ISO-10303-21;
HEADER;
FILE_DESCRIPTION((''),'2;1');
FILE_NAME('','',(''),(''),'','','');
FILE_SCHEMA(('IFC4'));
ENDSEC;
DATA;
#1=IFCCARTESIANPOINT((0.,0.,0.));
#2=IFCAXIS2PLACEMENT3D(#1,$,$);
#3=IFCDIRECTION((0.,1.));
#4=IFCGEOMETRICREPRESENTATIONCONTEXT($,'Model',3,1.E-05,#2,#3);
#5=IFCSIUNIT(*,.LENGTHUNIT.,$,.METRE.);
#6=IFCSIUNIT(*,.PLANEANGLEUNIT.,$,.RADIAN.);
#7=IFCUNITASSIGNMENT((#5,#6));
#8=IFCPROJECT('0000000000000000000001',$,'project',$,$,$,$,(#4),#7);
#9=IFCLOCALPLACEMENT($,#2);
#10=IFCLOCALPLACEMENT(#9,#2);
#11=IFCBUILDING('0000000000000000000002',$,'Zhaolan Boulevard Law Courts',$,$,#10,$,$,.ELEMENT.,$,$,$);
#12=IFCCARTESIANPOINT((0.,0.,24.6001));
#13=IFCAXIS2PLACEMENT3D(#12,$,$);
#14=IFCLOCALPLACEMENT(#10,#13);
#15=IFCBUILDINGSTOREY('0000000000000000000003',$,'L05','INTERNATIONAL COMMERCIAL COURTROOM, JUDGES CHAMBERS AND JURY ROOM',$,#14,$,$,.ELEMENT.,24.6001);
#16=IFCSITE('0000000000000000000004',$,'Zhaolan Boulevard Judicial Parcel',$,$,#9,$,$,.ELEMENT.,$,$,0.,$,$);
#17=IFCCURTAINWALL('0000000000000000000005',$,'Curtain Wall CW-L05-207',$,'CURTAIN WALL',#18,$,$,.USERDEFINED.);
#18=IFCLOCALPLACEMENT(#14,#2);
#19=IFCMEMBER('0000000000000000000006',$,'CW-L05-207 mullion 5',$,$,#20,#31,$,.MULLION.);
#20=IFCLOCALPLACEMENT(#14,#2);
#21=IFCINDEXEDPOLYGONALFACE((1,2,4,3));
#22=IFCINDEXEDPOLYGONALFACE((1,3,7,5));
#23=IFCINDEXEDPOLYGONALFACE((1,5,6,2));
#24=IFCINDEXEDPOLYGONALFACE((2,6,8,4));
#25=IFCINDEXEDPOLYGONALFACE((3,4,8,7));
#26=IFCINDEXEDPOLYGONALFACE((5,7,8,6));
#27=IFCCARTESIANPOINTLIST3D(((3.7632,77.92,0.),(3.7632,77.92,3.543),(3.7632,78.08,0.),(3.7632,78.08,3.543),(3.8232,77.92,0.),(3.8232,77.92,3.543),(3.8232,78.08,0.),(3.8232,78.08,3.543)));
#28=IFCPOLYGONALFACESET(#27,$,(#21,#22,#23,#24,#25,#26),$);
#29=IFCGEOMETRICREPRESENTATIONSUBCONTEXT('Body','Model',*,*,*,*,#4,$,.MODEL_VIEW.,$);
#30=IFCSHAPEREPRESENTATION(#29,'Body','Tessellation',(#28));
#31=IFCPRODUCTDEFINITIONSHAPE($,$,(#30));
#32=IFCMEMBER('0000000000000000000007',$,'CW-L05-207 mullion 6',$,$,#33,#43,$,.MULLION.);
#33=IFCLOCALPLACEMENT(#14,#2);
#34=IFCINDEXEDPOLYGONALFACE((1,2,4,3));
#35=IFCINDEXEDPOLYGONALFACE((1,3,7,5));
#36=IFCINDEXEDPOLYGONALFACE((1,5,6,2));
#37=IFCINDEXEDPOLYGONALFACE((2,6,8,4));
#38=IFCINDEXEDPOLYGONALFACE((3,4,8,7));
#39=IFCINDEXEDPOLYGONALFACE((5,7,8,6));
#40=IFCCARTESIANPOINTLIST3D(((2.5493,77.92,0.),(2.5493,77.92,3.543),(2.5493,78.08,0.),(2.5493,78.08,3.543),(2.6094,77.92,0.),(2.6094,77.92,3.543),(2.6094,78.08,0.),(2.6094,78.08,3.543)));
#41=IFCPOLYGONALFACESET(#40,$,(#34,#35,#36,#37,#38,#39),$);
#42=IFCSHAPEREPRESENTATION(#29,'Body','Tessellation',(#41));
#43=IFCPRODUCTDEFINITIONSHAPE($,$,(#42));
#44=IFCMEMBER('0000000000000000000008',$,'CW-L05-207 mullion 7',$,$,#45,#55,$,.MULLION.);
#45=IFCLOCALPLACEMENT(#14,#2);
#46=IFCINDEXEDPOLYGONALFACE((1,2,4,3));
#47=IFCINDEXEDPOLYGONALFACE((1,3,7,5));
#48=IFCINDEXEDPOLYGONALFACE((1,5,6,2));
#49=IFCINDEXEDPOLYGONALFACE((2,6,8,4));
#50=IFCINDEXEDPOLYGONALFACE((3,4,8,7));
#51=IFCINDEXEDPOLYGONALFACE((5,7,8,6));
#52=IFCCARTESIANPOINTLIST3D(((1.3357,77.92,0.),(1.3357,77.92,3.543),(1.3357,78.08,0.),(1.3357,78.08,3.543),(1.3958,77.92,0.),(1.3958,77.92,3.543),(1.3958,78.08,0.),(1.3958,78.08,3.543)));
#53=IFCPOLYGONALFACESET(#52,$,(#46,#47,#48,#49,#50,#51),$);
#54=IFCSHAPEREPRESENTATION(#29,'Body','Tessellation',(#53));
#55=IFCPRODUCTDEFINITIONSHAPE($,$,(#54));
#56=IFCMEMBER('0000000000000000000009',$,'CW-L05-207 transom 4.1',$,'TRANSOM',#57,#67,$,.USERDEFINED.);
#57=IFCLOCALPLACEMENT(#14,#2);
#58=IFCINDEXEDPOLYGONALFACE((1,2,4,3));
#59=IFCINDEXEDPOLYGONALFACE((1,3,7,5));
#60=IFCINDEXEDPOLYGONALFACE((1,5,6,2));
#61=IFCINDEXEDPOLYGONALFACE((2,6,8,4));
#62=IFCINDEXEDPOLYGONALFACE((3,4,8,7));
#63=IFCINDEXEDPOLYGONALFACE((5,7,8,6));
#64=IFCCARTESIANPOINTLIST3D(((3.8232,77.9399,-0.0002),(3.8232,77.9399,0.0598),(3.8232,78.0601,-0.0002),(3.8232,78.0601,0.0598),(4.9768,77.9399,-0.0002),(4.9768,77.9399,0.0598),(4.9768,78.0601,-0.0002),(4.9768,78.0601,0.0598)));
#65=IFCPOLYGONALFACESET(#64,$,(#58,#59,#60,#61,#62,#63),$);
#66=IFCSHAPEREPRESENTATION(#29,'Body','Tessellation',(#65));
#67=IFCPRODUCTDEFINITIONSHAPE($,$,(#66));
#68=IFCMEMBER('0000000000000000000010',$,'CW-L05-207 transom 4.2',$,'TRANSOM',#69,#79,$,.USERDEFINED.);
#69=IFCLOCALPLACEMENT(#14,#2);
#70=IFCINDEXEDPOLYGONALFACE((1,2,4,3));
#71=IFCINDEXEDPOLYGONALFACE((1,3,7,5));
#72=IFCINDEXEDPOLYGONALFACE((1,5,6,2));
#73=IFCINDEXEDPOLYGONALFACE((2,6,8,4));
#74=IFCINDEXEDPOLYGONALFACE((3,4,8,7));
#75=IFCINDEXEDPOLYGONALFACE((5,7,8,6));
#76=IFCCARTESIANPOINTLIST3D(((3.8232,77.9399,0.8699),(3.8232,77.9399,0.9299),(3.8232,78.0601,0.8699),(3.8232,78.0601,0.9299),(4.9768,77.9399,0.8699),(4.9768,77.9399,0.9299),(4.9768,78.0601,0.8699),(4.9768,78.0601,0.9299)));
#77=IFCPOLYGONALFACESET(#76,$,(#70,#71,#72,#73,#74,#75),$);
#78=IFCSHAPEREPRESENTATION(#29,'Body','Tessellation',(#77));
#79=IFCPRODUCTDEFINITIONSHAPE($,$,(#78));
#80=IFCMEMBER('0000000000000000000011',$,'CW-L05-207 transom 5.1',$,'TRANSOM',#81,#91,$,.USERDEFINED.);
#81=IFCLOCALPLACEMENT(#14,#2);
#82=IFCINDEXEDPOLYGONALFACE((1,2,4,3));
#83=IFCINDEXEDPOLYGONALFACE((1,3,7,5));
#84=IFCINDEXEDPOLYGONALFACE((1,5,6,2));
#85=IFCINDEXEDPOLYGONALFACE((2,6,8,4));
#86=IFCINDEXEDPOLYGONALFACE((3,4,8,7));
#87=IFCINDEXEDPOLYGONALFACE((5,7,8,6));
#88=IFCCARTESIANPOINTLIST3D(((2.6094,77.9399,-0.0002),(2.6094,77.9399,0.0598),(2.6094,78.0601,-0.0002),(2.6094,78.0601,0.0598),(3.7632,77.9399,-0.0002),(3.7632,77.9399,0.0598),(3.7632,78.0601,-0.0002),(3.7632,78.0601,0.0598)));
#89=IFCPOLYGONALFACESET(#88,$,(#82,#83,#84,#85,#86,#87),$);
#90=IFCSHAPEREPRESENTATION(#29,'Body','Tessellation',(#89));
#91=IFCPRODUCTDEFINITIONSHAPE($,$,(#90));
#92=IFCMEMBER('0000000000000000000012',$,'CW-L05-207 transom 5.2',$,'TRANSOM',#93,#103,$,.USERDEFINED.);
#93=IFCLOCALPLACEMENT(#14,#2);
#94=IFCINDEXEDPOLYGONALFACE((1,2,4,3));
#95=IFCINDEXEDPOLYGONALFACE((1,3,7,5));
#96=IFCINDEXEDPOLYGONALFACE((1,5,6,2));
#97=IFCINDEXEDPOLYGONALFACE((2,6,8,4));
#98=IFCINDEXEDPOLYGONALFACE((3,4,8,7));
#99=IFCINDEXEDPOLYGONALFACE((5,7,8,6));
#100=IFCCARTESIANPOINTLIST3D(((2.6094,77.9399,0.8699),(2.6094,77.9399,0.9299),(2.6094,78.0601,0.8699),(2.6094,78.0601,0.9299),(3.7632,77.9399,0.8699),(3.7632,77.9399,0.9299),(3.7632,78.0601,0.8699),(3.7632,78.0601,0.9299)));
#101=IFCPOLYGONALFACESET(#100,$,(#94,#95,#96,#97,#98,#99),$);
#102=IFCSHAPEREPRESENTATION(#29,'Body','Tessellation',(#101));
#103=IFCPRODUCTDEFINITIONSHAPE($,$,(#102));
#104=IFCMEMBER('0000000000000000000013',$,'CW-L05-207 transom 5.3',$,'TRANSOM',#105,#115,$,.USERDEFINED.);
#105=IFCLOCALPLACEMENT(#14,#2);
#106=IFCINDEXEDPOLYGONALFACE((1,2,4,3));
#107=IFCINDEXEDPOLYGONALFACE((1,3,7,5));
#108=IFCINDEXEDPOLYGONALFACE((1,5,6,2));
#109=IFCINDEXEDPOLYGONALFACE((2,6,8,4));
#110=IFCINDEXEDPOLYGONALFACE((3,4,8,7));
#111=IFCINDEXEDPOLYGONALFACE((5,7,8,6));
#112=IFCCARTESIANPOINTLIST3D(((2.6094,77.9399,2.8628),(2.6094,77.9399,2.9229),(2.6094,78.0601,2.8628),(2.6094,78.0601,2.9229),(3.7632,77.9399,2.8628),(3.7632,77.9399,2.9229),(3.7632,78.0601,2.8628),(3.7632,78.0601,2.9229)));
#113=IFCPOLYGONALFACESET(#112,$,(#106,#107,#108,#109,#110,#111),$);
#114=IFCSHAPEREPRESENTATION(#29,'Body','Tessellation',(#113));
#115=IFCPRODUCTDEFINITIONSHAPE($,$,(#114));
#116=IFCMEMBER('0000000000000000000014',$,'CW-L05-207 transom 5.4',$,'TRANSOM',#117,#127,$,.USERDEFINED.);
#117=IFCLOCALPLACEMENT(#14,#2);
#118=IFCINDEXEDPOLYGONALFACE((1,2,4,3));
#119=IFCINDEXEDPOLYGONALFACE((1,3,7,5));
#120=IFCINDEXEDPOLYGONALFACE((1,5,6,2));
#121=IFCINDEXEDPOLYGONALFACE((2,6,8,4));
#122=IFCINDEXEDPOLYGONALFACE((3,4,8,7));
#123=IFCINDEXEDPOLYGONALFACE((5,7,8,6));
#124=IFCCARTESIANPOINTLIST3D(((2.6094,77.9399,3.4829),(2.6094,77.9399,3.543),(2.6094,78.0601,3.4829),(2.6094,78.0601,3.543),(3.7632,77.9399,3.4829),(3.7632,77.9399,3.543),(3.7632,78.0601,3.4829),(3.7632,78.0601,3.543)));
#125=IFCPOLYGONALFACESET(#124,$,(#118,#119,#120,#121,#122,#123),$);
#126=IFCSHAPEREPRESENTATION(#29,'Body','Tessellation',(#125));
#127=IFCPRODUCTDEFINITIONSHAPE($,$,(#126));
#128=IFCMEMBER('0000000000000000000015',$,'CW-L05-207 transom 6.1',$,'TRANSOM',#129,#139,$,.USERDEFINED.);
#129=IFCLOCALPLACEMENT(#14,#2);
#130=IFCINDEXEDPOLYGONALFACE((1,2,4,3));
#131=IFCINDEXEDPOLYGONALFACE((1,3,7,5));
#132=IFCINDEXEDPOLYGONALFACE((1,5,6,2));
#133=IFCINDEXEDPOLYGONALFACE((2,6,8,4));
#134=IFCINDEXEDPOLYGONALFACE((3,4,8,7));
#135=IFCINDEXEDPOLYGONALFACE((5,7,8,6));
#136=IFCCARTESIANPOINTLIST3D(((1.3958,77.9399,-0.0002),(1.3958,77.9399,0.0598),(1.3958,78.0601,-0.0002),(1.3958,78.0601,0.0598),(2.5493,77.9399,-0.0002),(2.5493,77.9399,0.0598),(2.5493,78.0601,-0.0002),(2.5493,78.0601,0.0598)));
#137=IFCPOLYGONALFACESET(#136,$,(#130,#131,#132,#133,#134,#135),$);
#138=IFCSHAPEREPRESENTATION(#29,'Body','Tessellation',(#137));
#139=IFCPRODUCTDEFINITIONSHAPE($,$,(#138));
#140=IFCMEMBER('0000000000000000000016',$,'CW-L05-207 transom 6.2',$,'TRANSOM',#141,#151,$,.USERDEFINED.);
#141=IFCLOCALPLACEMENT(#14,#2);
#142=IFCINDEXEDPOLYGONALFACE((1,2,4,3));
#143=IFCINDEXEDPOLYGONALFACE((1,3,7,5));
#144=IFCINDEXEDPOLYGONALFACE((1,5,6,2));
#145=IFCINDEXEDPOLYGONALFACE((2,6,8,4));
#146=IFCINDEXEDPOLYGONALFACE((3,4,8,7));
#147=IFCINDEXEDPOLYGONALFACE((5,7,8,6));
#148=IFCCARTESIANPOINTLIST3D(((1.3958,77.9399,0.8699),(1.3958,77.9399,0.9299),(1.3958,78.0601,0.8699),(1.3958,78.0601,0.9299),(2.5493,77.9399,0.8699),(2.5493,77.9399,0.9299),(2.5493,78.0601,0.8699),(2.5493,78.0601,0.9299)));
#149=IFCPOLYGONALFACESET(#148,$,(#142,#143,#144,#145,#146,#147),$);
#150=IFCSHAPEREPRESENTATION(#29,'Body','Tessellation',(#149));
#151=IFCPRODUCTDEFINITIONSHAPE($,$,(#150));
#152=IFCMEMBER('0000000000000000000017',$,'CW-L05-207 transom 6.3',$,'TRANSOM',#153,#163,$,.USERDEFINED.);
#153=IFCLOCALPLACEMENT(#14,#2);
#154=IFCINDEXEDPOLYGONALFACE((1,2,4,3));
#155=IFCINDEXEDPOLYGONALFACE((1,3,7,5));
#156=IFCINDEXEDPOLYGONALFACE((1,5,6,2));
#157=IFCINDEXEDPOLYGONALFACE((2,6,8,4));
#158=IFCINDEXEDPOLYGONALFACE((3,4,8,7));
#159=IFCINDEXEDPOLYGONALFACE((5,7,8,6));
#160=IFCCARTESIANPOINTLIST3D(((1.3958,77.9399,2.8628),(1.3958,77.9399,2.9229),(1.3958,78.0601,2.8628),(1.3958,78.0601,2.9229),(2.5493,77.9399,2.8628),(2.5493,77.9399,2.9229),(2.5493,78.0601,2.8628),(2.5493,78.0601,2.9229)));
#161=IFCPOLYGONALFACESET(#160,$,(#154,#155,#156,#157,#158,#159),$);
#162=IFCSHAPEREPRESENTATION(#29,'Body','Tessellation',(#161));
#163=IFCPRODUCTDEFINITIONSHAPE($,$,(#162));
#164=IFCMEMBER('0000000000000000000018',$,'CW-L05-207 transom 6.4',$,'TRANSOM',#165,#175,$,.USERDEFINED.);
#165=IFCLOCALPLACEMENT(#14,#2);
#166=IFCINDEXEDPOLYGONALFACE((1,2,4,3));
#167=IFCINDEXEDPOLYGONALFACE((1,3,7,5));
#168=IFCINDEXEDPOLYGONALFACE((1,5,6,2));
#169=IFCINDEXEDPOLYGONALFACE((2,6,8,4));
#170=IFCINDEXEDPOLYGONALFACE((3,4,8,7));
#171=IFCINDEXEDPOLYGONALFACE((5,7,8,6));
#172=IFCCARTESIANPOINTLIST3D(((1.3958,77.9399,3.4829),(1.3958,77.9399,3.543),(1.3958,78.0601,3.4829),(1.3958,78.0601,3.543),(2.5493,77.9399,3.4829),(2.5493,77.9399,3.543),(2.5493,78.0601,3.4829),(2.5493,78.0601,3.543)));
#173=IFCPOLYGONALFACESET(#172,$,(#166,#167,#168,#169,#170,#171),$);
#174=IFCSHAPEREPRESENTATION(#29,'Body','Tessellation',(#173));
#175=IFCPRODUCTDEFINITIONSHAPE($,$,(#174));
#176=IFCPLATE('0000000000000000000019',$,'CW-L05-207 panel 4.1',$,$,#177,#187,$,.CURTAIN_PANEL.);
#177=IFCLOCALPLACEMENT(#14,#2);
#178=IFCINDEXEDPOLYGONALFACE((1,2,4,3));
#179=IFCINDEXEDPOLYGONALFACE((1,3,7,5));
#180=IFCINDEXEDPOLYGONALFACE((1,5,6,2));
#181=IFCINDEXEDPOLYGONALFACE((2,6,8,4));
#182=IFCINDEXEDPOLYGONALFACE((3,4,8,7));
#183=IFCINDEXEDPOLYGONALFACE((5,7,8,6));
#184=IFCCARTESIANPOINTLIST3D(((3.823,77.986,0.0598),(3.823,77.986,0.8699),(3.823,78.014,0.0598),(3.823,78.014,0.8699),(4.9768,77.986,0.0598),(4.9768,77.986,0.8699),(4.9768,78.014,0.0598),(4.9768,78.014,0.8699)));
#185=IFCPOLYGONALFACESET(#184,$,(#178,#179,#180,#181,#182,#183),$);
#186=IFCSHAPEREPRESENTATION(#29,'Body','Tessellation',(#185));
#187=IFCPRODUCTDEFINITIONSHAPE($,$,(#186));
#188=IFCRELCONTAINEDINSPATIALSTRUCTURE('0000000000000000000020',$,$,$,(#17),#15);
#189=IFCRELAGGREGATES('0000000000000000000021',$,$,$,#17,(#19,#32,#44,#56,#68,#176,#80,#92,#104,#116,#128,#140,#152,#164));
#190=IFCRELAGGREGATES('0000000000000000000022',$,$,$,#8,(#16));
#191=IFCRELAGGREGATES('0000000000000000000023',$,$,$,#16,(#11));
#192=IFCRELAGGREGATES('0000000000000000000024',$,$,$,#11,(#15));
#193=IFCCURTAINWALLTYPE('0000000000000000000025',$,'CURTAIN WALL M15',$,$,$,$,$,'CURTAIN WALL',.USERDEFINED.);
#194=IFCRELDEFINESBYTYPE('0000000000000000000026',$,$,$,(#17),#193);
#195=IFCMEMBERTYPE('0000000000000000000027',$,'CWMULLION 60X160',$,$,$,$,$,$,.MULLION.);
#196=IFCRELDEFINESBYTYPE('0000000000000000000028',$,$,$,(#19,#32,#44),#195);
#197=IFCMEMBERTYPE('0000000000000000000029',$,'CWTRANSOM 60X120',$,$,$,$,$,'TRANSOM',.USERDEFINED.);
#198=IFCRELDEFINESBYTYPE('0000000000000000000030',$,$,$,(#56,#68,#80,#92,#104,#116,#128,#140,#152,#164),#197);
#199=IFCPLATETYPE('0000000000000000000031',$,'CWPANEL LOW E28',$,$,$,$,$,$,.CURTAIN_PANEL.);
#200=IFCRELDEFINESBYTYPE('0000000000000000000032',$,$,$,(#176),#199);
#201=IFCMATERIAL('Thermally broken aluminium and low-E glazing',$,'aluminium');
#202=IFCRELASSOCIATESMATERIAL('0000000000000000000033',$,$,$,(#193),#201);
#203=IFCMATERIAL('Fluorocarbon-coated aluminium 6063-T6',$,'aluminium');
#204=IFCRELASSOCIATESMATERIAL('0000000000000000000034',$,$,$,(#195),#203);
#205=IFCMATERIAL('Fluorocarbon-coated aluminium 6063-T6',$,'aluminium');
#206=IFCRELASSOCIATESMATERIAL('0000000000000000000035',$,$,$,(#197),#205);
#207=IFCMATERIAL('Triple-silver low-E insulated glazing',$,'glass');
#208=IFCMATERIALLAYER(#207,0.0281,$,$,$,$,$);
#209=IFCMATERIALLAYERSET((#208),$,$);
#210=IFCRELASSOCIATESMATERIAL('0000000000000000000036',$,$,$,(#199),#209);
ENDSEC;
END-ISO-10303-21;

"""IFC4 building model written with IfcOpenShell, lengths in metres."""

from ifc_helpers import new_model, si_unit, direction, frame, origin, origin_2d, place, context, subcontext, project, spatial, rectangle, extrude, material, layer, layer_set, material_profile, profile_set, type_object, element, aggregate, save


model = new_model("IFC4")

# Units and contexts
model_context = context("Model", 3, precision=1e-05, world=origin(), true_north=direction((0.0, 1.0)))
body_context = subcontext(model_context, "Body", "Model", "MODEL_VIEW")
ifc_project = project(units=[si_unit("LENGTHUNIT", "METRE"), si_unit("PLANEANGLEUNIT", "RADIAN")], contexts=[model_context])

# Site, building, storey
site_placement = place(None, origin())
site = spatial("IfcSite", under=ifc_project, at=site_placement, Name="Zhaolan Boulevard Judicial Parcel", CompositionType="ELEMENT", RefElevation=0.0)
building_placement = place(site_placement, origin())
building = spatial("IfcBuilding", under=site, at=building_placement, Name="Zhaolan Boulevard Law Courts", CompositionType="ELEMENT")
storey_placement = place(building_placement, frame((0.0, 0.0, 24.6001)))
storey = spatial("IfcBuildingStorey", under=building, at=storey_placement, Name="L05", Description="INTERNATIONAL COMMERCIAL COURTROOM, JUDGES CHAMBERS AND JURY ROOM", CompositionType="ELEMENT", Elevation=24.6001)

# Curtain wall, members, plate
ifc_material_1 = material(Name="Thermally broken aluminium and low-E glazing", Category="aluminium")
curtain_wall_type = type_object("IfcCurtainWallType", Name="CURTAIN WALL M15", ElementType="CURTAIN WALL", PredefinedType="USERDEFINED", material=ifc_material_1)
curtain_wall_placement = place(storey_placement, origin())
curtain_wall = element("IfcCurtainWall", 1, at=curtain_wall_placement, inside=storey, type_object=curtain_wall_type, Name="Curtain Wall CW-L05-207", ObjectType="CURTAIN WALL", PredefinedType="USERDEFINED")
ifc_material_2 = material(Name="Fluorocarbon-coated aluminium 6063-T6", Category="aluminium")
ifc_material_profile_1 = material_profile(ifc_material_2, rectangle(XDim=0.1599, YDim=0.0601, at=origin_2d()), Name="AL60x160")
ifc_profile_set_1 = profile_set([ifc_material_profile_1], Name="Fluorocarbon-coated aluminium 6063-T6")
member_type_1 = type_object("IfcMemberType", Name="CWMULLION 60X160", PredefinedType="MULLION", material=ifc_profile_set_1)
member_1_placement = place(storey_placement, frame((3.7932, 78.0, 0.0), z_axis=(0.0, 0.0, 1.0), x_axis=(0.0, -1.0, 0.0)))
member_1 = element("IfcMember", 2, at=member_1_placement, type_object=member_type_1, Name="CW-L05-207 mullion 5", PredefinedType="MULLION", context=body_context, shape_type="SweptSolid", body=[
    extrude(rectangle(XDim=0.1599, YDim=0.0601, at=origin_2d()), origin(), (0.0, 0.0, 1.0), 3.543),
])
member_2_placement = place(storey_placement, frame((2.5793, 78.0, 0.0), z_axis=(0.0, 0.0, 1.0), x_axis=(0.0, -1.0, 0.0)))
member_2 = element("IfcMember", 3, at=member_2_placement, type_object=member_type_1, Name="CW-L05-207 mullion 6", PredefinedType="MULLION", context=body_context, shape_type="SweptSolid", body=[
    extrude(rectangle(XDim=0.1599, YDim=0.0601, at=origin_2d()), origin(), (0.0, 0.0, 1.0), 3.543),
])
member_3_placement = place(storey_placement, frame((1.3657, 78.0, 0.0), z_axis=(0.0, 0.0, 1.0), x_axis=(0.0, -1.0, 0.0)))
member_3 = element("IfcMember", 4, at=member_3_placement, type_object=member_type_1, Name="CW-L05-207 mullion 7", PredefinedType="MULLION", context=body_context, shape_type="SweptSolid", body=[
    extrude(rectangle(XDim=0.1599, YDim=0.0601, at=origin_2d()), origin(), (0.0, 0.0, 1.0), 3.543),
])
ifc_material_3 = material(Name="Fluorocarbon-coated aluminium 6063-T6", Category="aluminium")
ifc_material_profile_2 = material_profile(ifc_material_3, rectangle(XDim=0.1201, YDim=0.0601, at=origin_2d()), Name="AL60x120")
ifc_profile_set_2 = profile_set([ifc_material_profile_2], Name="Fluorocarbon-coated aluminium 6063-T6")
member_type_2 = type_object("IfcMemberType", Name="CWTRANSOM 60X120", ElementType="TRANSOM", PredefinedType="USERDEFINED", material=ifc_profile_set_2)
member_4_placement = place(storey_placement, frame((4.9768, 78.0, 0.0298), z_axis=(-1.0, 0.0, 0.0), x_axis=(0.0, -1.0, 0.0)))
member_4 = element("IfcMember", 5, at=member_4_placement, type_object=member_type_2, Name="CW-L05-207 transom 4.1", ObjectType="TRANSOM", PredefinedType="USERDEFINED", context=body_context, shape_type="SweptSolid", body=[
    extrude(rectangle(XDim=0.1201, YDim=0.0601, at=origin_2d()), origin(), (0.0, 0.0, 1.0), 1.1536),
])
member_5_placement = place(storey_placement, frame((4.9768, 78.0, 0.8999), z_axis=(-1.0, 0.0, 0.0), x_axis=(0.0, -1.0, 0.0)))
member_5 = element("IfcMember", 6, at=member_5_placement, type_object=member_type_2, Name="CW-L05-207 transom 4.2", ObjectType="TRANSOM", PredefinedType="USERDEFINED", context=body_context, shape_type="SweptSolid", body=[
    extrude(rectangle(XDim=0.1201, YDim=0.0601, at=origin_2d()), origin(), (0.0, 0.0, 1.0), 1.1536),
])
member_6_placement = place(storey_placement, frame((3.7632, 78.0, 0.0298), z_axis=(-1.0, 0.0, 0.0), x_axis=(0.0, -1.0, 0.0)))
member_6 = element("IfcMember", 7, at=member_6_placement, type_object=member_type_2, Name="CW-L05-207 transom 5.1", ObjectType="TRANSOM", PredefinedType="USERDEFINED", context=body_context, shape_type="SweptSolid", body=[
    extrude(rectangle(XDim=0.1201, YDim=0.0601, at=origin_2d()), origin(), (0.0, 0.0, 1.0), 1.1538),
])
member_7_placement = place(storey_placement, frame((3.7632, 78.0, 0.8999), z_axis=(-1.0, 0.0, 0.0), x_axis=(0.0, -1.0, 0.0)))
member_7 = element("IfcMember", 8, at=member_7_placement, type_object=member_type_2, Name="CW-L05-207 transom 5.2", ObjectType="TRANSOM", PredefinedType="USERDEFINED", context=body_context, shape_type="SweptSolid", body=[
    extrude(rectangle(XDim=0.1201, YDim=0.0601, at=origin_2d()), origin(), (0.0, 0.0, 1.0), 1.1538),
])
member_8_placement = place(storey_placement, frame((3.7632, 78.0, 2.8928), z_axis=(-1.0, 0.0, 0.0), x_axis=(0.0, -1.0, 0.0)))
member_8 = element("IfcMember", 9, at=member_8_placement, type_object=member_type_2, Name="CW-L05-207 transom 5.3", ObjectType="TRANSOM", PredefinedType="USERDEFINED", context=body_context, shape_type="SweptSolid", body=[
    extrude(rectangle(XDim=0.1201, YDim=0.0601, at=origin_2d()), origin(), (0.0, 0.0, 1.0), 1.1538),
])
member_9_placement = place(storey_placement, frame((3.7632, 78.0, 3.5129), z_axis=(-1.0, 0.0, 0.0), x_axis=(0.0, -1.0, 0.0)))
member_9 = element("IfcMember", 10, at=member_9_placement, type_object=member_type_2, Name="CW-L05-207 transom 5.4", ObjectType="TRANSOM", PredefinedType="USERDEFINED", context=body_context, shape_type="SweptSolid", body=[
    extrude(rectangle(XDim=0.1201, YDim=0.0601, at=origin_2d()), origin(), (0.0, 0.0, 1.0), 1.1538),
])
member_10_placement = place(storey_placement, frame((2.5493, 78.0, 0.0298), z_axis=(-1.0, 0.0, 0.0), x_axis=(0.0, -1.0, 0.0)))
member_10 = element("IfcMember", 11, at=member_10_placement, type_object=member_type_2, Name="CW-L05-207 transom 6.1", ObjectType="TRANSOM", PredefinedType="USERDEFINED", context=body_context, shape_type="SweptSolid", body=[
    extrude(rectangle(XDim=0.1201, YDim=0.0601, at=origin_2d()), origin(), (0.0, 0.0, 1.0), 1.1536),
])
member_11_placement = place(storey_placement, frame((2.5493, 78.0, 0.8999), z_axis=(-1.0, 0.0, 0.0), x_axis=(0.0, -1.0, 0.0)))
member_11 = element("IfcMember", 12, at=member_11_placement, type_object=member_type_2, Name="CW-L05-207 transom 6.2", ObjectType="TRANSOM", PredefinedType="USERDEFINED", context=body_context, shape_type="SweptSolid", body=[
    extrude(rectangle(XDim=0.1201, YDim=0.0601, at=origin_2d()), origin(), (0.0, 0.0, 1.0), 1.1536),
])
member_12_placement = place(storey_placement, frame((2.5493, 78.0, 2.8928), z_axis=(-1.0, 0.0, 0.0), x_axis=(0.0, -1.0, 0.0)))
member_12 = element("IfcMember", 13, at=member_12_placement, type_object=member_type_2, Name="CW-L05-207 transom 6.3", ObjectType="TRANSOM", PredefinedType="USERDEFINED", context=body_context, shape_type="SweptSolid", body=[
    extrude(rectangle(XDim=0.1201, YDim=0.0601, at=origin_2d()), origin(), (0.0, 0.0, 1.0), 1.1536),
])
member_13_placement = place(storey_placement, frame((2.5493, 78.0, 3.5129), z_axis=(-1.0, 0.0, 0.0), x_axis=(0.0, -1.0, 0.0)))
member_13 = element("IfcMember", 14, at=member_13_placement, type_object=member_type_2, Name="CW-L05-207 transom 6.4", ObjectType="TRANSOM", PredefinedType="USERDEFINED", context=body_context, shape_type="SweptSolid", body=[
    extrude(rectangle(XDim=0.1201, YDim=0.0601, at=origin_2d()), origin(), (0.0, 0.0, 1.0), 1.1536),
])
ifc_material_4 = material(Name="Triple-silver low-E insulated glazing", Category="glass")
ifc_layer = layer(ifc_material_4, 0.0281)
ifc_layer_set = layer_set([ifc_layer])
plate_type = type_object("IfcPlateType", Name="CWPANEL LOW E28", PredefinedType="CURTAIN_PANEL", material=ifc_layer_set)
plate_1_placement = place(storey_placement, frame((4.3999, 78.0, 0.0598), z_axis=(0.0, 0.0, 1.0), x_axis=(-1.0, 0.0, 0.0)))
plate_1 = element("IfcPlate", 15, at=plate_1_placement, type_object=plate_type, Name="CW-L05-207 panel 4.1", PredefinedType="CURTAIN_PANEL", context=body_context, shape_type="SweptSolid", body=[
    extrude(rectangle(XDim=1.1538, YDim=0.0281, at=origin_2d()), origin(), (0.0, 0.0, 1.0), 0.8101),
])
aggregate(curtain_wall, [member_1, member_2, member_3, member_4, member_5, plate_1, member_6, member_7, member_8, member_9, member_10, member_11, member_12, member_13])

save(model, "model.ifc")
